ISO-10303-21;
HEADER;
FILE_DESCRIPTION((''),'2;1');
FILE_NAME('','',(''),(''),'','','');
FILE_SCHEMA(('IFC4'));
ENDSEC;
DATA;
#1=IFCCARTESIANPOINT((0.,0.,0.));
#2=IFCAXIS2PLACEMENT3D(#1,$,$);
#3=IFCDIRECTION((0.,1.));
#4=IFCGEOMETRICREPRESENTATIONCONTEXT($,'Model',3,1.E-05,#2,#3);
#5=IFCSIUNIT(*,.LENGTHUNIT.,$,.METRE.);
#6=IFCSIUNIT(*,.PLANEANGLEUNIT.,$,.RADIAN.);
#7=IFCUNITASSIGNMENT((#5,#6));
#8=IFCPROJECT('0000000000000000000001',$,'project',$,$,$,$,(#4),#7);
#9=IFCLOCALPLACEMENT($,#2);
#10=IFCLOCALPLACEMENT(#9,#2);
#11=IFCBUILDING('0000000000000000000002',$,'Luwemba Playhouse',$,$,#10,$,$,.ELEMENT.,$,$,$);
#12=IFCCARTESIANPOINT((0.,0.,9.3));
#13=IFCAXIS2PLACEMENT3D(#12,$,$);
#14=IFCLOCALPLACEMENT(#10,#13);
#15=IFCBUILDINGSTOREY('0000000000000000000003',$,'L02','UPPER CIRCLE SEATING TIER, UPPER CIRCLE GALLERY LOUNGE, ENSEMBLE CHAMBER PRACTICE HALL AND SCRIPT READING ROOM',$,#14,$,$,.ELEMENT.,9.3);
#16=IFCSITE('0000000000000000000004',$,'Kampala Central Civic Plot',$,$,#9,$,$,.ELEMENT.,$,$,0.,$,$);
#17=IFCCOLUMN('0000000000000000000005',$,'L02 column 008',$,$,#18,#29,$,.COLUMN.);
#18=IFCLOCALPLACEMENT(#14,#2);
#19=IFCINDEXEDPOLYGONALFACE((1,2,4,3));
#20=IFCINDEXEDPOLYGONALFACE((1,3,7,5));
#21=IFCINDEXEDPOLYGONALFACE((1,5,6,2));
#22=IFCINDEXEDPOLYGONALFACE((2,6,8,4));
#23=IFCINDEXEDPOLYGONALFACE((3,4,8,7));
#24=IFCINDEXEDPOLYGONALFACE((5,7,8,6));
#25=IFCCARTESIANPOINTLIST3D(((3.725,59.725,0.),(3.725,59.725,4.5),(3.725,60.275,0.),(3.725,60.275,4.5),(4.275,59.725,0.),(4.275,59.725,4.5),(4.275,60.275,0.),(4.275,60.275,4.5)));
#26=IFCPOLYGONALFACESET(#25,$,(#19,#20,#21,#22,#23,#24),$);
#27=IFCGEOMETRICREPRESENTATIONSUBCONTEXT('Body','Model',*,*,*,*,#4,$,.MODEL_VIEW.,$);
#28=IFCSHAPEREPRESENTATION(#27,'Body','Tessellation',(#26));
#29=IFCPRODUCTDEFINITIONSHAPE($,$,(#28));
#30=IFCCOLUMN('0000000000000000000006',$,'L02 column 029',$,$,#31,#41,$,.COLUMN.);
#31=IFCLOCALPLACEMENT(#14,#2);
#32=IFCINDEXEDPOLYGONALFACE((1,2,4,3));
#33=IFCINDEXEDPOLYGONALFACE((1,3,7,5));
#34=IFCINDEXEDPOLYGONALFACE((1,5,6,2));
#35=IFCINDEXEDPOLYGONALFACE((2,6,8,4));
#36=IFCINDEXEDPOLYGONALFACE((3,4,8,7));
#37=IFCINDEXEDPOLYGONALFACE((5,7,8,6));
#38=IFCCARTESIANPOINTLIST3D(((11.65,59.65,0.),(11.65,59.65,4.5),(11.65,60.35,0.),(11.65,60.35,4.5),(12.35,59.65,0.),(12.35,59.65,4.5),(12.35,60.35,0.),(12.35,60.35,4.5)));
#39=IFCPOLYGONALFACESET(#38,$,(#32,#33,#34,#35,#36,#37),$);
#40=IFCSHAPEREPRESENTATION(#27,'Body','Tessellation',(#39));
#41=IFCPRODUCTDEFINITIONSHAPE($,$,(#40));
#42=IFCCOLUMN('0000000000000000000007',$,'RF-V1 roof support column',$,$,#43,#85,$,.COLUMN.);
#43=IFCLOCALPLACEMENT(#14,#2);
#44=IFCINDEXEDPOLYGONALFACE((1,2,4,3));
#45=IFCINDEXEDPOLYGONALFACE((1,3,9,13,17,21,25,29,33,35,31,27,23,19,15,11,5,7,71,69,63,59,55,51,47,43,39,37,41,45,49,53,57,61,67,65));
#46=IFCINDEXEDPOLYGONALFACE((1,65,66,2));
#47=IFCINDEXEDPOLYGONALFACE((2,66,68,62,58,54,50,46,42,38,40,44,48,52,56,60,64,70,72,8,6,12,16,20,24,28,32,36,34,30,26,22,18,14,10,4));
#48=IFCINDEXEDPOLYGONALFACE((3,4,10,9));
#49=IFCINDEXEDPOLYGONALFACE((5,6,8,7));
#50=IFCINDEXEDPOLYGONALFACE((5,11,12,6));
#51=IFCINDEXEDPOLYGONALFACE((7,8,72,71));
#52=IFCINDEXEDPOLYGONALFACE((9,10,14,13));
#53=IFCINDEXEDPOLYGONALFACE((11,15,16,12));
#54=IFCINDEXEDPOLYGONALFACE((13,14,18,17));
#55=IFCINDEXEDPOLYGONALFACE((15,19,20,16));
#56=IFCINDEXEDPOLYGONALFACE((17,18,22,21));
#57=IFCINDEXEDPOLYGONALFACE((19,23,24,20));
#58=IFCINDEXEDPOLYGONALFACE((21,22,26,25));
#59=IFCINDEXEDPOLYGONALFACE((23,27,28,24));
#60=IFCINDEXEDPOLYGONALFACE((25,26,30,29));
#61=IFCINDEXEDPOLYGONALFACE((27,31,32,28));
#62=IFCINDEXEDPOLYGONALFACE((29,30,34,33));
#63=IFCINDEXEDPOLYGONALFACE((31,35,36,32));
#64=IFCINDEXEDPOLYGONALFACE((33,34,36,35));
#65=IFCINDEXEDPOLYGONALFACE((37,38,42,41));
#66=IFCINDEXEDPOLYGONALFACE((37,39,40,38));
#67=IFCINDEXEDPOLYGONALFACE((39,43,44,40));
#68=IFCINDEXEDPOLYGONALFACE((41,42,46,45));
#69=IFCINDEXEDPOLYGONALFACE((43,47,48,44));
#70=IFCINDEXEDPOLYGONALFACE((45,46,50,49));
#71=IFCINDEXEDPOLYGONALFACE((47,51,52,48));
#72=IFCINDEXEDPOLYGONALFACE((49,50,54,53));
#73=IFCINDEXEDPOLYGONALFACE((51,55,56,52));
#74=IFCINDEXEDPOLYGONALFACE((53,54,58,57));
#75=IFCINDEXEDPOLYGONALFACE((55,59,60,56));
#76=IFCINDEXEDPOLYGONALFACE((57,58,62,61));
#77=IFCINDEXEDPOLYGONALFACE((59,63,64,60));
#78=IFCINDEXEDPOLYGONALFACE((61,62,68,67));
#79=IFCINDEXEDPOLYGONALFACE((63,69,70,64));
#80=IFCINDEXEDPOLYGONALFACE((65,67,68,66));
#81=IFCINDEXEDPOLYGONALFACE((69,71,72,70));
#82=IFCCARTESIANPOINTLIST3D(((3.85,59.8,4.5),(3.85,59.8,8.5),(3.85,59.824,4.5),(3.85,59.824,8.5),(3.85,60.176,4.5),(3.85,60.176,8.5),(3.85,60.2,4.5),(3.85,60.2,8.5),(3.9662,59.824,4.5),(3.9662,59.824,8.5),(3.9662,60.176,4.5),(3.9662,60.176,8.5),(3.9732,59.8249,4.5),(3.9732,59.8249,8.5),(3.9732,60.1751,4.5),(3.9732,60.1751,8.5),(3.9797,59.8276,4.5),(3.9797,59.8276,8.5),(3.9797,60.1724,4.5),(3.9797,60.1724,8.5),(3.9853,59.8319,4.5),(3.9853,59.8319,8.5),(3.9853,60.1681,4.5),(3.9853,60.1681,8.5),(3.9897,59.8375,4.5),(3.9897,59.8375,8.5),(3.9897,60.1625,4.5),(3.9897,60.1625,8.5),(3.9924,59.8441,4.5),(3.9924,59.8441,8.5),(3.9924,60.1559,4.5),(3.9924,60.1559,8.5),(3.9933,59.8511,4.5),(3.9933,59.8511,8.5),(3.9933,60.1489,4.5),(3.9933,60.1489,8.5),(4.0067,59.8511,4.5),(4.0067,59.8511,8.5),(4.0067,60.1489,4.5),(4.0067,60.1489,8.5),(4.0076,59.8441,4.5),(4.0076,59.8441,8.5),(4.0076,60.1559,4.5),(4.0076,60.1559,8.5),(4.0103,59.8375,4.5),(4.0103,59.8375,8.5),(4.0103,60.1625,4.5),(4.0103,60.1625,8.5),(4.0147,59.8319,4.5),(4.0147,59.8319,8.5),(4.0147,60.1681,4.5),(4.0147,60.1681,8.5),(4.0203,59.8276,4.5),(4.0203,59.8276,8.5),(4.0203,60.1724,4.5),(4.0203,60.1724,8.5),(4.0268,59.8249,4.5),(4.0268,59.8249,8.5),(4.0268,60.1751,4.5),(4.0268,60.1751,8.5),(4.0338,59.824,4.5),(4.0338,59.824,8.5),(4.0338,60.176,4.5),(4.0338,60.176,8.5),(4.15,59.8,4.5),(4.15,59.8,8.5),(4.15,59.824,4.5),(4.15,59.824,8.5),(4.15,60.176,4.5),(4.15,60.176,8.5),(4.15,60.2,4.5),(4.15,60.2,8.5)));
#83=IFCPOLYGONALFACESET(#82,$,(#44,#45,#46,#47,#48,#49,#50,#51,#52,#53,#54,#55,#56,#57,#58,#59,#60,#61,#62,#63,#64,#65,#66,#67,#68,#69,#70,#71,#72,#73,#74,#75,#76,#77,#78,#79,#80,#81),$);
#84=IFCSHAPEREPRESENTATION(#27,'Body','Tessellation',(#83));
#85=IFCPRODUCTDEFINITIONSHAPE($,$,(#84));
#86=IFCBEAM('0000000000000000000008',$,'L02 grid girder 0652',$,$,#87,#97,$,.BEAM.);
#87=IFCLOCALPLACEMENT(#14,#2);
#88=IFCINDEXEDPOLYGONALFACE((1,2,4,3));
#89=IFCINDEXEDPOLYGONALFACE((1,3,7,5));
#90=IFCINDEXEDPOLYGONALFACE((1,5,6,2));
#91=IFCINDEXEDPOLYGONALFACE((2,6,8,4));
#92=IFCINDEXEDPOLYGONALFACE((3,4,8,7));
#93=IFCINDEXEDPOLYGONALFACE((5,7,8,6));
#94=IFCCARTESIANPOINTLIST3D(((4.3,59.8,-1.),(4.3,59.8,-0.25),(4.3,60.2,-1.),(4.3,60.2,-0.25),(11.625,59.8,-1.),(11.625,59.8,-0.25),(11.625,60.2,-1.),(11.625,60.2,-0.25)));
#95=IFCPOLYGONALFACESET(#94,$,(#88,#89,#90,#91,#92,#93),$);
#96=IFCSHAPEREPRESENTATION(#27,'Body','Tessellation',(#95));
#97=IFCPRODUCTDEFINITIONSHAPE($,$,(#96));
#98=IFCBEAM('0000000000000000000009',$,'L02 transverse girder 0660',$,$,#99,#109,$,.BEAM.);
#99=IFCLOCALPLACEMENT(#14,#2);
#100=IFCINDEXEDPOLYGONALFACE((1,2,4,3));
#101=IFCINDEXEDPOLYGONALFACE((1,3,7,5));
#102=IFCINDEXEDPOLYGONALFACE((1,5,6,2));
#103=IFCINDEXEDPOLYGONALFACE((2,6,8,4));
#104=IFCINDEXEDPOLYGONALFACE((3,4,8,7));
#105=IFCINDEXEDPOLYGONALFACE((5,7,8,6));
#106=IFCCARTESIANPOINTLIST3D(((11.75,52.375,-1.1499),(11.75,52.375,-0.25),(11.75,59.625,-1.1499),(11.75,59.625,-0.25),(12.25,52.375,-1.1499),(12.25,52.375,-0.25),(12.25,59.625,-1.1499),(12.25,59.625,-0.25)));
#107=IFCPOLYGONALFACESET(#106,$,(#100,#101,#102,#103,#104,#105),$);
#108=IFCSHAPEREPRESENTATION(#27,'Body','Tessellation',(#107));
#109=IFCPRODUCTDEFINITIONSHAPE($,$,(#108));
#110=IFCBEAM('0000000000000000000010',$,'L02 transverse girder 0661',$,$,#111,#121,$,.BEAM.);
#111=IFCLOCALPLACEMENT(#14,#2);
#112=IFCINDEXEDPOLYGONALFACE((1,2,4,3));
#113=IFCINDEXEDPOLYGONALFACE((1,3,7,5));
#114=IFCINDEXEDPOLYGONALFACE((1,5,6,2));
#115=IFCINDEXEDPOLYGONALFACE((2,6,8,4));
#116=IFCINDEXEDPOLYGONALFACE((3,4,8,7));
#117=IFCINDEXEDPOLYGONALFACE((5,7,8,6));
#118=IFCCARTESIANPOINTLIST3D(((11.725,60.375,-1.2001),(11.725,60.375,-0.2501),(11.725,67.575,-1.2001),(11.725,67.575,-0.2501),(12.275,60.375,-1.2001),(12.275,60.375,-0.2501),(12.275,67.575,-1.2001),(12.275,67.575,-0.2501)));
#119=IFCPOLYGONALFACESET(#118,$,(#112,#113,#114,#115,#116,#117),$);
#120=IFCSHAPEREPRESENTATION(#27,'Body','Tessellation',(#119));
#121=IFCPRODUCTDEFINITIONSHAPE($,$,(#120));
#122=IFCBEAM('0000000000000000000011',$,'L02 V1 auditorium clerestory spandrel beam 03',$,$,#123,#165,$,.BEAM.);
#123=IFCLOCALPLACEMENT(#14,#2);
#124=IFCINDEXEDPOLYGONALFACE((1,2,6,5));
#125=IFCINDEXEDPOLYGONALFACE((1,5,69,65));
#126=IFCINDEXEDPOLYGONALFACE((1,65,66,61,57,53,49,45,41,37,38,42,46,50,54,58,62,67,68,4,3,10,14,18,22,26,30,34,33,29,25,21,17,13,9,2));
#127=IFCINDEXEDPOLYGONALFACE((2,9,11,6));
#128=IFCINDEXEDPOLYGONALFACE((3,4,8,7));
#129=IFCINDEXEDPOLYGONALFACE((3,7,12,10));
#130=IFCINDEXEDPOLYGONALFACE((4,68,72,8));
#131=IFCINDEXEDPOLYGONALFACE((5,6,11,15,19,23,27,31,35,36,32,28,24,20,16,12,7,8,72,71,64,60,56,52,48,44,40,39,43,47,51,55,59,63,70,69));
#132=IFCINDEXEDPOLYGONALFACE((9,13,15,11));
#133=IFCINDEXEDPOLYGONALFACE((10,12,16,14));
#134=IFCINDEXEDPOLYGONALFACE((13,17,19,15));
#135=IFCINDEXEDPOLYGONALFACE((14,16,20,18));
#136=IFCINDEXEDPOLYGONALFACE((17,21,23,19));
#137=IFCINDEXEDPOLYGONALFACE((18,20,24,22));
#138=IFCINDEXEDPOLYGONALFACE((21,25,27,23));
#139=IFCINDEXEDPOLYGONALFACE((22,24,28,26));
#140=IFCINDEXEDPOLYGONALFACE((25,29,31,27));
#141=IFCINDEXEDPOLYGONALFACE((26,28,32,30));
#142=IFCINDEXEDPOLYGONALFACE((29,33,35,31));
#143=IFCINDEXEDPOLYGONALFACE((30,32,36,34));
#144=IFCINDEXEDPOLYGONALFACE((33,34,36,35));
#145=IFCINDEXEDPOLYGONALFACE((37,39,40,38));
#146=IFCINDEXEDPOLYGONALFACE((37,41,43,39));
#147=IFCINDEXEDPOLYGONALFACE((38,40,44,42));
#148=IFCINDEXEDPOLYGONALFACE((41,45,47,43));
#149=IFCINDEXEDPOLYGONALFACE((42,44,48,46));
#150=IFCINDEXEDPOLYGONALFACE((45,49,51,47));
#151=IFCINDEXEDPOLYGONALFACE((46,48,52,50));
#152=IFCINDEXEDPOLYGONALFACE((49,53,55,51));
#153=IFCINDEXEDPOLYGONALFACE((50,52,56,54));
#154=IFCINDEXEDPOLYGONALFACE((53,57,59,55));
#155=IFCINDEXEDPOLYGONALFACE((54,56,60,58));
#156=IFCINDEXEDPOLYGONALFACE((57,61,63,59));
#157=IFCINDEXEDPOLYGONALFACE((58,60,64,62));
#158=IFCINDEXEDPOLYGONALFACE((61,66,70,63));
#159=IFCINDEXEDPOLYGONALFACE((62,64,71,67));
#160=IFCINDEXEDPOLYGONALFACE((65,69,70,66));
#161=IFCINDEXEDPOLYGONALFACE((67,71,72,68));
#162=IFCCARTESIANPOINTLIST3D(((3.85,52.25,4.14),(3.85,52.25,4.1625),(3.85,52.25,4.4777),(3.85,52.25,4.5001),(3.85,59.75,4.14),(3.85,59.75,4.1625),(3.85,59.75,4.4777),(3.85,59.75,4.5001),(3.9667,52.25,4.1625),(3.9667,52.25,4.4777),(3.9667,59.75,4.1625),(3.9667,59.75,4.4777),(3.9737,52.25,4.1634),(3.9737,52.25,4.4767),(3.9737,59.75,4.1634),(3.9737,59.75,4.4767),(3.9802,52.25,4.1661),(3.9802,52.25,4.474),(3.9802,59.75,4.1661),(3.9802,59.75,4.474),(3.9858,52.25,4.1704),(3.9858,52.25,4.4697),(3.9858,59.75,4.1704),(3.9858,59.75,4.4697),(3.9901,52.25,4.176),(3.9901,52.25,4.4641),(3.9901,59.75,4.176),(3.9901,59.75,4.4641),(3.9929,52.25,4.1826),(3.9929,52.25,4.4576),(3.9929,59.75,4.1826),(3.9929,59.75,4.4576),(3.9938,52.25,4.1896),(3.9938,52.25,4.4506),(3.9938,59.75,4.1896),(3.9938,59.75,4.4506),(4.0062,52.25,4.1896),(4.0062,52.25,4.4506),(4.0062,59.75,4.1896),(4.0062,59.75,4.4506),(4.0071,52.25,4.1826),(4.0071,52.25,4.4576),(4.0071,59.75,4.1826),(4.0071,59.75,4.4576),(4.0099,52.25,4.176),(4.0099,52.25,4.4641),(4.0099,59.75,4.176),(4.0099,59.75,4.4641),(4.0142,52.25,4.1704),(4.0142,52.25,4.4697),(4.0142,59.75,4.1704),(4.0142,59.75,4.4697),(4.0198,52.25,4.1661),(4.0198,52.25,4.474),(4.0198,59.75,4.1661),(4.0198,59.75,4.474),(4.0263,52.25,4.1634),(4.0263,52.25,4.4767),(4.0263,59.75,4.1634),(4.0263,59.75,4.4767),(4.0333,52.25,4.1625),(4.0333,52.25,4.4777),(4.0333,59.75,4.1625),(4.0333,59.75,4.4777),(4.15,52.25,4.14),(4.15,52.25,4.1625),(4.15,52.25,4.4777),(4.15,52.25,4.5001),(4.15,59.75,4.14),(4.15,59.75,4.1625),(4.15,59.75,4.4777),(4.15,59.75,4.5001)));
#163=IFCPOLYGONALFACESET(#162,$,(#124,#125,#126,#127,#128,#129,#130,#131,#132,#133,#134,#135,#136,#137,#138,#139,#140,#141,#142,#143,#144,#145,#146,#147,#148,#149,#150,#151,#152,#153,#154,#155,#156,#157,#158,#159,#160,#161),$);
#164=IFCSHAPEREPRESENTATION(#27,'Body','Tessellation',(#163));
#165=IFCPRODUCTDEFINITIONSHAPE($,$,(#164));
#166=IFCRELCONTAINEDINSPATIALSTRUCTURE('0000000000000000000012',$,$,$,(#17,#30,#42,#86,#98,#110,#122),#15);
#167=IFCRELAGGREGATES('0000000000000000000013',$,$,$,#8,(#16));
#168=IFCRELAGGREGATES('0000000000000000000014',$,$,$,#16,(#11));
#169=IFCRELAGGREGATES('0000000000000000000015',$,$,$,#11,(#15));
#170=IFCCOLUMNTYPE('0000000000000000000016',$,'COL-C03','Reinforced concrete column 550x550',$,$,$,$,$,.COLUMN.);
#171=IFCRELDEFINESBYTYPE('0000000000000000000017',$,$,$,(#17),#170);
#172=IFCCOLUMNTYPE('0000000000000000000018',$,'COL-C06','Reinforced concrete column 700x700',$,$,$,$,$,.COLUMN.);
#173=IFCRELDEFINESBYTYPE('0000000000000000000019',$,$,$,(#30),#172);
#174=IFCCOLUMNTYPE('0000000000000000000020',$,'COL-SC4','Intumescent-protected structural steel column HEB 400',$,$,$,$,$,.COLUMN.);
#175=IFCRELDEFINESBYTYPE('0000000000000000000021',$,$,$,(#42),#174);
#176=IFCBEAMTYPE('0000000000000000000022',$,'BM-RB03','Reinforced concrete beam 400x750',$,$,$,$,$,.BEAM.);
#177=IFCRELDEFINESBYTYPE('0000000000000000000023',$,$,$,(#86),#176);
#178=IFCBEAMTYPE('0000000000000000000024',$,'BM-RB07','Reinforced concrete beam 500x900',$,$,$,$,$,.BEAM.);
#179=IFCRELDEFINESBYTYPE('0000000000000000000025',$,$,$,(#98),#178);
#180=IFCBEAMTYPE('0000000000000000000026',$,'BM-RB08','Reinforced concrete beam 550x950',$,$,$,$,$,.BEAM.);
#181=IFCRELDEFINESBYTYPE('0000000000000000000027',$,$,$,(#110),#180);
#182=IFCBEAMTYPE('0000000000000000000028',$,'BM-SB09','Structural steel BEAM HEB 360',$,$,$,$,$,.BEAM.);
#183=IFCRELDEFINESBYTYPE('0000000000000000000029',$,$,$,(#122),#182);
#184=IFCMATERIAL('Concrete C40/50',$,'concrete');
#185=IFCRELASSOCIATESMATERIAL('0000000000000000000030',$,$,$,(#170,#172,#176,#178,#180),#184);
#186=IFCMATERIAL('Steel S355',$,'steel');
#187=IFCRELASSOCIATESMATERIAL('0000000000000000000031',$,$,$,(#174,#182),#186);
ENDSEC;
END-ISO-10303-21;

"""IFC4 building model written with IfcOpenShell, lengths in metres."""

from ifc_helpers import new_model, si_unit, direction, frame, origin, origin_2d, place, context, subcontext, project, spatial, rectangle, i_section, extrude, material, material_profile, profile_set, type_object, element, save


model = new_model("IFC4")

# Units and contexts
model_context = context("Model", 3, precision=1e-05, world=origin(), true_north=direction((0.0, 1.0)))
body_context = subcontext(model_context, "Body", "Model", "MODEL_VIEW")
ifc_project = project(units=[si_unit("LENGTHUNIT", "METRE"), si_unit("PLANEANGLEUNIT", "RADIAN")], contexts=[model_context])

# Site, building, storey
site_placement = place(None, origin())
site = spatial("IfcSite", under=ifc_project, at=site_placement, Name="Kampala Central Civic Plot", CompositionType="ELEMENT", RefElevation=0.0)
building_placement = place(site_placement, origin())
building = spatial("IfcBuilding", under=site, at=building_placement, Name="Luwemba Playhouse", CompositionType="ELEMENT")
storey_placement = place(building_placement, frame((0.0, 0.0, 9.3)))
storey = spatial("IfcBuildingStorey", under=building, at=storey_placement, Name="L02", Description="UPPER CIRCLE SEATING TIER, UPPER CIRCLE GALLERY LOUNGE, ENSEMBLE CHAMBER PRACTICE HALL AND SCRIPT READING ROOM", CompositionType="ELEMENT", Elevation=9.3)

# Columns
ifc_material_1 = material(Name="Concrete C40/50", Category="concrete")
ifc_material_profile_1 = material_profile(ifc_material_1, rectangle(XDim=0.55, YDim=0.55, at=origin_2d()))
ifc_profile_set_1 = profile_set([ifc_material_profile_1], Name="Concrete C40/50")
column_type_1 = type_object("IfcColumnType", Name="COL-C03", Description="Reinforced concrete column 550x550", PredefinedType="COLUMN", material=ifc_profile_set_1)
column_1_placement = place(storey_placement, frame((4.0, 60.0, 0.0), z_axis=(0.0, 0.0, 1.0), x_axis=(1.0, 0.0, 0.0)))
element("IfcColumn", 1, at=column_1_placement, inside=storey, type_object=column_type_1, Name="L02 column 008", PredefinedType="COLUMN", context=body_context, shape_type="SweptSolid", body=[
    extrude(rectangle(XDim=0.55, YDim=0.55, at=origin_2d()), origin(), (0.0, 0.0, 1.0), 4.5),
])
ifc_material_profile_2 = material_profile(ifc_material_1, rectangle(XDim=0.7, YDim=0.7, at=origin_2d()))
ifc_profile_set_2 = profile_set([ifc_material_profile_2], Name="Concrete C40/50")
column_type_2 = type_object("IfcColumnType", Name="COL-C06", Description="Reinforced concrete column 700x700", PredefinedType="COLUMN", material=ifc_profile_set_2)
column_2_placement = place(storey_placement, frame((12.0, 60.0, 0.0), z_axis=(0.0, 0.0, 1.0), x_axis=(1.0, 0.0, 0.0)))
element("IfcColumn", 2, at=column_2_placement, inside=storey, type_object=column_type_2, Name="L02 column 029", PredefinedType="COLUMN", context=body_context, shape_type="SweptSolid", body=[
    extrude(rectangle(XDim=0.7, YDim=0.7, at=origin_2d()), origin(), (0.0, 0.0, 1.0), 4.5),
])
ifc_material_2 = material(Name="Steel S355", Category="steel")
ifc_material_profile_3 = material_profile(ifc_material_2, i_section(OverallWidth=0.3, OverallDepth=0.3999, WebThickness=0.0134, FlangeThickness=0.0239, FilletRadius=0.0271, at=origin_2d()))
ifc_profile_set_3 = profile_set([ifc_material_profile_3], Name="Steel S355")
column_type_3 = type_object("IfcColumnType", Name="COL-SC4", Description="Intumescent-protected structural steel column HEB 400", PredefinedType="COLUMN", material=ifc_profile_set_3)
column_3_placement = place(storey_placement, frame((4.0, 60.0, 4.5), z_axis=(0.0, 0.0, 1.0), x_axis=(1.0, 0.0, 0.0)))
element("IfcColumn", 3, at=column_3_placement, inside=storey, type_object=column_type_3, Name="RF-V1 roof support column", PredefinedType="COLUMN", context=body_context, shape_type="SweptSolid", body=[
    extrude(i_section(OverallWidth=0.3, OverallDepth=0.3999, WebThickness=0.0134, FlangeThickness=0.0239, FilletRadius=0.0271, at=origin_2d()), origin(), (0.0, 0.0, 1.0), 4.0),
])

# Beams
ifc_material_profile_4 = material_profile(ifc_material_1, rectangle(XDim=0.3999, YDim=0.75, at=origin_2d()))
ifc_profile_set_4 = profile_set([ifc_material_profile_4], Name="Concrete C40/50")
beam_type_1 = type_object("IfcBeamType", Name="BM-RB03", Description="Reinforced concrete beam 400x750", PredefinedType="BEAM", material=ifc_profile_set_4)
beam_1_placement = place(storey_placement, frame((4.3, 60.0, -0.625), z_axis=(1.0, 0.0, 0.0), x_axis=(0.0, 1.0, 0.0)))
element("IfcBeam", 4, at=beam_1_placement, inside=storey, type_object=beam_type_1, Name="L02 grid girder 0652", PredefinedType="BEAM", context=body_context, shape_type="SweptSolid", body=[
    extrude(rectangle(XDim=0.3999, YDim=0.75, at=origin_2d()), origin(), (0.0, 0.0, 1.0), 7.325),
])
ifc_material_profile_5 = material_profile(ifc_material_1, rectangle(XDim=0.5, YDim=0.8999, at=origin_2d()))
ifc_profile_set_5 = profile_set([ifc_material_profile_5], Name="Concrete C40/50")
beam_type_2 = type_object("IfcBeamType", Name="BM-RB07", Description="Reinforced concrete beam 500x900", PredefinedType="BEAM", material=ifc_profile_set_5)
beam_2_placement = place(storey_placement, frame((12.0, 52.375, -0.7), z_axis=(0.0, 1.0, 0.0), x_axis=(-1.0, 0.0, 0.0)))
element("IfcBeam", 5, at=beam_2_placement, inside=storey, type_object=beam_type_2, Name="L02 transverse girder 0660", PredefinedType="BEAM", context=body_context, shape_type="SweptSolid", body=[
    extrude(rectangle(XDim=0.5, YDim=0.8999, at=origin_2d()), origin(), (0.0, 0.0, 1.0), 7.25),
])
ifc_material_profile_6 = material_profile(ifc_material_1, rectangle(XDim=0.55, YDim=0.95, at=origin_2d()))
ifc_profile_set_6 = profile_set([ifc_material_profile_6], Name="Concrete C40/50")
beam_type_3 = type_object("IfcBeamType", Name="BM-RB08", Description="Reinforced concrete beam 550x950", PredefinedType="BEAM", material=ifc_profile_set_6)
beam_3_placement = place(storey_placement, frame((12.0, 60.375, -0.7251), z_axis=(0.0, 1.0, 0.0), x_axis=(-1.0, 0.0, 0.0)))
element("IfcBeam", 6, at=beam_3_placement, inside=storey, type_object=beam_type_3, Name="L02 transverse girder 0661", PredefinedType="BEAM", context=body_context, shape_type="SweptSolid", body=[
    extrude(rectangle(XDim=0.55, YDim=0.95, at=origin_2d()), origin(), (0.0, 0.0, 1.0), 7.2),
])
ifc_material_profile_7 = material_profile(ifc_material_2, i_section(OverallWidth=0.3, OverallDepth=0.3601, WebThickness=0.0125, FlangeThickness=0.0225, FilletRadius=0.0271, at=origin_2d()))
ifc_profile_set_7 = profile_set([ifc_material_profile_7], Name="Steel S355")
beam_type_4 = type_object("IfcBeamType", Name="BM-SB09", Description="Structural steel BEAM HEB 360", PredefinedType="BEAM", material=ifc_profile_set_7)
for number, where, z_axis, x_axis, name in (
    (7, (4.0, 52.25, 4.3201), (0.0, 1.0, 0.0), (-1.0, 0.0, 0.0), "L02 V1 auditorium clerestory spandrel beam 03"),
):
    element("IfcBeam", number, at=place(storey_placement, frame(where, z_axis=z_axis, x_axis=x_axis)), inside=storey, type_object=beam_type_4, Name=name, PredefinedType="BEAM", context=body_context, shape_type="SweptSolid", body=[
        extrude(i_section(OverallWidth=0.3, OverallDepth=0.3601, WebThickness=0.0125, FlangeThickness=0.0225, FilletRadius=0.0271, at=origin_2d()), origin(), (0.0, 0.0, 1.0), 7.5),
    ])

save(model, "model.ifc")
